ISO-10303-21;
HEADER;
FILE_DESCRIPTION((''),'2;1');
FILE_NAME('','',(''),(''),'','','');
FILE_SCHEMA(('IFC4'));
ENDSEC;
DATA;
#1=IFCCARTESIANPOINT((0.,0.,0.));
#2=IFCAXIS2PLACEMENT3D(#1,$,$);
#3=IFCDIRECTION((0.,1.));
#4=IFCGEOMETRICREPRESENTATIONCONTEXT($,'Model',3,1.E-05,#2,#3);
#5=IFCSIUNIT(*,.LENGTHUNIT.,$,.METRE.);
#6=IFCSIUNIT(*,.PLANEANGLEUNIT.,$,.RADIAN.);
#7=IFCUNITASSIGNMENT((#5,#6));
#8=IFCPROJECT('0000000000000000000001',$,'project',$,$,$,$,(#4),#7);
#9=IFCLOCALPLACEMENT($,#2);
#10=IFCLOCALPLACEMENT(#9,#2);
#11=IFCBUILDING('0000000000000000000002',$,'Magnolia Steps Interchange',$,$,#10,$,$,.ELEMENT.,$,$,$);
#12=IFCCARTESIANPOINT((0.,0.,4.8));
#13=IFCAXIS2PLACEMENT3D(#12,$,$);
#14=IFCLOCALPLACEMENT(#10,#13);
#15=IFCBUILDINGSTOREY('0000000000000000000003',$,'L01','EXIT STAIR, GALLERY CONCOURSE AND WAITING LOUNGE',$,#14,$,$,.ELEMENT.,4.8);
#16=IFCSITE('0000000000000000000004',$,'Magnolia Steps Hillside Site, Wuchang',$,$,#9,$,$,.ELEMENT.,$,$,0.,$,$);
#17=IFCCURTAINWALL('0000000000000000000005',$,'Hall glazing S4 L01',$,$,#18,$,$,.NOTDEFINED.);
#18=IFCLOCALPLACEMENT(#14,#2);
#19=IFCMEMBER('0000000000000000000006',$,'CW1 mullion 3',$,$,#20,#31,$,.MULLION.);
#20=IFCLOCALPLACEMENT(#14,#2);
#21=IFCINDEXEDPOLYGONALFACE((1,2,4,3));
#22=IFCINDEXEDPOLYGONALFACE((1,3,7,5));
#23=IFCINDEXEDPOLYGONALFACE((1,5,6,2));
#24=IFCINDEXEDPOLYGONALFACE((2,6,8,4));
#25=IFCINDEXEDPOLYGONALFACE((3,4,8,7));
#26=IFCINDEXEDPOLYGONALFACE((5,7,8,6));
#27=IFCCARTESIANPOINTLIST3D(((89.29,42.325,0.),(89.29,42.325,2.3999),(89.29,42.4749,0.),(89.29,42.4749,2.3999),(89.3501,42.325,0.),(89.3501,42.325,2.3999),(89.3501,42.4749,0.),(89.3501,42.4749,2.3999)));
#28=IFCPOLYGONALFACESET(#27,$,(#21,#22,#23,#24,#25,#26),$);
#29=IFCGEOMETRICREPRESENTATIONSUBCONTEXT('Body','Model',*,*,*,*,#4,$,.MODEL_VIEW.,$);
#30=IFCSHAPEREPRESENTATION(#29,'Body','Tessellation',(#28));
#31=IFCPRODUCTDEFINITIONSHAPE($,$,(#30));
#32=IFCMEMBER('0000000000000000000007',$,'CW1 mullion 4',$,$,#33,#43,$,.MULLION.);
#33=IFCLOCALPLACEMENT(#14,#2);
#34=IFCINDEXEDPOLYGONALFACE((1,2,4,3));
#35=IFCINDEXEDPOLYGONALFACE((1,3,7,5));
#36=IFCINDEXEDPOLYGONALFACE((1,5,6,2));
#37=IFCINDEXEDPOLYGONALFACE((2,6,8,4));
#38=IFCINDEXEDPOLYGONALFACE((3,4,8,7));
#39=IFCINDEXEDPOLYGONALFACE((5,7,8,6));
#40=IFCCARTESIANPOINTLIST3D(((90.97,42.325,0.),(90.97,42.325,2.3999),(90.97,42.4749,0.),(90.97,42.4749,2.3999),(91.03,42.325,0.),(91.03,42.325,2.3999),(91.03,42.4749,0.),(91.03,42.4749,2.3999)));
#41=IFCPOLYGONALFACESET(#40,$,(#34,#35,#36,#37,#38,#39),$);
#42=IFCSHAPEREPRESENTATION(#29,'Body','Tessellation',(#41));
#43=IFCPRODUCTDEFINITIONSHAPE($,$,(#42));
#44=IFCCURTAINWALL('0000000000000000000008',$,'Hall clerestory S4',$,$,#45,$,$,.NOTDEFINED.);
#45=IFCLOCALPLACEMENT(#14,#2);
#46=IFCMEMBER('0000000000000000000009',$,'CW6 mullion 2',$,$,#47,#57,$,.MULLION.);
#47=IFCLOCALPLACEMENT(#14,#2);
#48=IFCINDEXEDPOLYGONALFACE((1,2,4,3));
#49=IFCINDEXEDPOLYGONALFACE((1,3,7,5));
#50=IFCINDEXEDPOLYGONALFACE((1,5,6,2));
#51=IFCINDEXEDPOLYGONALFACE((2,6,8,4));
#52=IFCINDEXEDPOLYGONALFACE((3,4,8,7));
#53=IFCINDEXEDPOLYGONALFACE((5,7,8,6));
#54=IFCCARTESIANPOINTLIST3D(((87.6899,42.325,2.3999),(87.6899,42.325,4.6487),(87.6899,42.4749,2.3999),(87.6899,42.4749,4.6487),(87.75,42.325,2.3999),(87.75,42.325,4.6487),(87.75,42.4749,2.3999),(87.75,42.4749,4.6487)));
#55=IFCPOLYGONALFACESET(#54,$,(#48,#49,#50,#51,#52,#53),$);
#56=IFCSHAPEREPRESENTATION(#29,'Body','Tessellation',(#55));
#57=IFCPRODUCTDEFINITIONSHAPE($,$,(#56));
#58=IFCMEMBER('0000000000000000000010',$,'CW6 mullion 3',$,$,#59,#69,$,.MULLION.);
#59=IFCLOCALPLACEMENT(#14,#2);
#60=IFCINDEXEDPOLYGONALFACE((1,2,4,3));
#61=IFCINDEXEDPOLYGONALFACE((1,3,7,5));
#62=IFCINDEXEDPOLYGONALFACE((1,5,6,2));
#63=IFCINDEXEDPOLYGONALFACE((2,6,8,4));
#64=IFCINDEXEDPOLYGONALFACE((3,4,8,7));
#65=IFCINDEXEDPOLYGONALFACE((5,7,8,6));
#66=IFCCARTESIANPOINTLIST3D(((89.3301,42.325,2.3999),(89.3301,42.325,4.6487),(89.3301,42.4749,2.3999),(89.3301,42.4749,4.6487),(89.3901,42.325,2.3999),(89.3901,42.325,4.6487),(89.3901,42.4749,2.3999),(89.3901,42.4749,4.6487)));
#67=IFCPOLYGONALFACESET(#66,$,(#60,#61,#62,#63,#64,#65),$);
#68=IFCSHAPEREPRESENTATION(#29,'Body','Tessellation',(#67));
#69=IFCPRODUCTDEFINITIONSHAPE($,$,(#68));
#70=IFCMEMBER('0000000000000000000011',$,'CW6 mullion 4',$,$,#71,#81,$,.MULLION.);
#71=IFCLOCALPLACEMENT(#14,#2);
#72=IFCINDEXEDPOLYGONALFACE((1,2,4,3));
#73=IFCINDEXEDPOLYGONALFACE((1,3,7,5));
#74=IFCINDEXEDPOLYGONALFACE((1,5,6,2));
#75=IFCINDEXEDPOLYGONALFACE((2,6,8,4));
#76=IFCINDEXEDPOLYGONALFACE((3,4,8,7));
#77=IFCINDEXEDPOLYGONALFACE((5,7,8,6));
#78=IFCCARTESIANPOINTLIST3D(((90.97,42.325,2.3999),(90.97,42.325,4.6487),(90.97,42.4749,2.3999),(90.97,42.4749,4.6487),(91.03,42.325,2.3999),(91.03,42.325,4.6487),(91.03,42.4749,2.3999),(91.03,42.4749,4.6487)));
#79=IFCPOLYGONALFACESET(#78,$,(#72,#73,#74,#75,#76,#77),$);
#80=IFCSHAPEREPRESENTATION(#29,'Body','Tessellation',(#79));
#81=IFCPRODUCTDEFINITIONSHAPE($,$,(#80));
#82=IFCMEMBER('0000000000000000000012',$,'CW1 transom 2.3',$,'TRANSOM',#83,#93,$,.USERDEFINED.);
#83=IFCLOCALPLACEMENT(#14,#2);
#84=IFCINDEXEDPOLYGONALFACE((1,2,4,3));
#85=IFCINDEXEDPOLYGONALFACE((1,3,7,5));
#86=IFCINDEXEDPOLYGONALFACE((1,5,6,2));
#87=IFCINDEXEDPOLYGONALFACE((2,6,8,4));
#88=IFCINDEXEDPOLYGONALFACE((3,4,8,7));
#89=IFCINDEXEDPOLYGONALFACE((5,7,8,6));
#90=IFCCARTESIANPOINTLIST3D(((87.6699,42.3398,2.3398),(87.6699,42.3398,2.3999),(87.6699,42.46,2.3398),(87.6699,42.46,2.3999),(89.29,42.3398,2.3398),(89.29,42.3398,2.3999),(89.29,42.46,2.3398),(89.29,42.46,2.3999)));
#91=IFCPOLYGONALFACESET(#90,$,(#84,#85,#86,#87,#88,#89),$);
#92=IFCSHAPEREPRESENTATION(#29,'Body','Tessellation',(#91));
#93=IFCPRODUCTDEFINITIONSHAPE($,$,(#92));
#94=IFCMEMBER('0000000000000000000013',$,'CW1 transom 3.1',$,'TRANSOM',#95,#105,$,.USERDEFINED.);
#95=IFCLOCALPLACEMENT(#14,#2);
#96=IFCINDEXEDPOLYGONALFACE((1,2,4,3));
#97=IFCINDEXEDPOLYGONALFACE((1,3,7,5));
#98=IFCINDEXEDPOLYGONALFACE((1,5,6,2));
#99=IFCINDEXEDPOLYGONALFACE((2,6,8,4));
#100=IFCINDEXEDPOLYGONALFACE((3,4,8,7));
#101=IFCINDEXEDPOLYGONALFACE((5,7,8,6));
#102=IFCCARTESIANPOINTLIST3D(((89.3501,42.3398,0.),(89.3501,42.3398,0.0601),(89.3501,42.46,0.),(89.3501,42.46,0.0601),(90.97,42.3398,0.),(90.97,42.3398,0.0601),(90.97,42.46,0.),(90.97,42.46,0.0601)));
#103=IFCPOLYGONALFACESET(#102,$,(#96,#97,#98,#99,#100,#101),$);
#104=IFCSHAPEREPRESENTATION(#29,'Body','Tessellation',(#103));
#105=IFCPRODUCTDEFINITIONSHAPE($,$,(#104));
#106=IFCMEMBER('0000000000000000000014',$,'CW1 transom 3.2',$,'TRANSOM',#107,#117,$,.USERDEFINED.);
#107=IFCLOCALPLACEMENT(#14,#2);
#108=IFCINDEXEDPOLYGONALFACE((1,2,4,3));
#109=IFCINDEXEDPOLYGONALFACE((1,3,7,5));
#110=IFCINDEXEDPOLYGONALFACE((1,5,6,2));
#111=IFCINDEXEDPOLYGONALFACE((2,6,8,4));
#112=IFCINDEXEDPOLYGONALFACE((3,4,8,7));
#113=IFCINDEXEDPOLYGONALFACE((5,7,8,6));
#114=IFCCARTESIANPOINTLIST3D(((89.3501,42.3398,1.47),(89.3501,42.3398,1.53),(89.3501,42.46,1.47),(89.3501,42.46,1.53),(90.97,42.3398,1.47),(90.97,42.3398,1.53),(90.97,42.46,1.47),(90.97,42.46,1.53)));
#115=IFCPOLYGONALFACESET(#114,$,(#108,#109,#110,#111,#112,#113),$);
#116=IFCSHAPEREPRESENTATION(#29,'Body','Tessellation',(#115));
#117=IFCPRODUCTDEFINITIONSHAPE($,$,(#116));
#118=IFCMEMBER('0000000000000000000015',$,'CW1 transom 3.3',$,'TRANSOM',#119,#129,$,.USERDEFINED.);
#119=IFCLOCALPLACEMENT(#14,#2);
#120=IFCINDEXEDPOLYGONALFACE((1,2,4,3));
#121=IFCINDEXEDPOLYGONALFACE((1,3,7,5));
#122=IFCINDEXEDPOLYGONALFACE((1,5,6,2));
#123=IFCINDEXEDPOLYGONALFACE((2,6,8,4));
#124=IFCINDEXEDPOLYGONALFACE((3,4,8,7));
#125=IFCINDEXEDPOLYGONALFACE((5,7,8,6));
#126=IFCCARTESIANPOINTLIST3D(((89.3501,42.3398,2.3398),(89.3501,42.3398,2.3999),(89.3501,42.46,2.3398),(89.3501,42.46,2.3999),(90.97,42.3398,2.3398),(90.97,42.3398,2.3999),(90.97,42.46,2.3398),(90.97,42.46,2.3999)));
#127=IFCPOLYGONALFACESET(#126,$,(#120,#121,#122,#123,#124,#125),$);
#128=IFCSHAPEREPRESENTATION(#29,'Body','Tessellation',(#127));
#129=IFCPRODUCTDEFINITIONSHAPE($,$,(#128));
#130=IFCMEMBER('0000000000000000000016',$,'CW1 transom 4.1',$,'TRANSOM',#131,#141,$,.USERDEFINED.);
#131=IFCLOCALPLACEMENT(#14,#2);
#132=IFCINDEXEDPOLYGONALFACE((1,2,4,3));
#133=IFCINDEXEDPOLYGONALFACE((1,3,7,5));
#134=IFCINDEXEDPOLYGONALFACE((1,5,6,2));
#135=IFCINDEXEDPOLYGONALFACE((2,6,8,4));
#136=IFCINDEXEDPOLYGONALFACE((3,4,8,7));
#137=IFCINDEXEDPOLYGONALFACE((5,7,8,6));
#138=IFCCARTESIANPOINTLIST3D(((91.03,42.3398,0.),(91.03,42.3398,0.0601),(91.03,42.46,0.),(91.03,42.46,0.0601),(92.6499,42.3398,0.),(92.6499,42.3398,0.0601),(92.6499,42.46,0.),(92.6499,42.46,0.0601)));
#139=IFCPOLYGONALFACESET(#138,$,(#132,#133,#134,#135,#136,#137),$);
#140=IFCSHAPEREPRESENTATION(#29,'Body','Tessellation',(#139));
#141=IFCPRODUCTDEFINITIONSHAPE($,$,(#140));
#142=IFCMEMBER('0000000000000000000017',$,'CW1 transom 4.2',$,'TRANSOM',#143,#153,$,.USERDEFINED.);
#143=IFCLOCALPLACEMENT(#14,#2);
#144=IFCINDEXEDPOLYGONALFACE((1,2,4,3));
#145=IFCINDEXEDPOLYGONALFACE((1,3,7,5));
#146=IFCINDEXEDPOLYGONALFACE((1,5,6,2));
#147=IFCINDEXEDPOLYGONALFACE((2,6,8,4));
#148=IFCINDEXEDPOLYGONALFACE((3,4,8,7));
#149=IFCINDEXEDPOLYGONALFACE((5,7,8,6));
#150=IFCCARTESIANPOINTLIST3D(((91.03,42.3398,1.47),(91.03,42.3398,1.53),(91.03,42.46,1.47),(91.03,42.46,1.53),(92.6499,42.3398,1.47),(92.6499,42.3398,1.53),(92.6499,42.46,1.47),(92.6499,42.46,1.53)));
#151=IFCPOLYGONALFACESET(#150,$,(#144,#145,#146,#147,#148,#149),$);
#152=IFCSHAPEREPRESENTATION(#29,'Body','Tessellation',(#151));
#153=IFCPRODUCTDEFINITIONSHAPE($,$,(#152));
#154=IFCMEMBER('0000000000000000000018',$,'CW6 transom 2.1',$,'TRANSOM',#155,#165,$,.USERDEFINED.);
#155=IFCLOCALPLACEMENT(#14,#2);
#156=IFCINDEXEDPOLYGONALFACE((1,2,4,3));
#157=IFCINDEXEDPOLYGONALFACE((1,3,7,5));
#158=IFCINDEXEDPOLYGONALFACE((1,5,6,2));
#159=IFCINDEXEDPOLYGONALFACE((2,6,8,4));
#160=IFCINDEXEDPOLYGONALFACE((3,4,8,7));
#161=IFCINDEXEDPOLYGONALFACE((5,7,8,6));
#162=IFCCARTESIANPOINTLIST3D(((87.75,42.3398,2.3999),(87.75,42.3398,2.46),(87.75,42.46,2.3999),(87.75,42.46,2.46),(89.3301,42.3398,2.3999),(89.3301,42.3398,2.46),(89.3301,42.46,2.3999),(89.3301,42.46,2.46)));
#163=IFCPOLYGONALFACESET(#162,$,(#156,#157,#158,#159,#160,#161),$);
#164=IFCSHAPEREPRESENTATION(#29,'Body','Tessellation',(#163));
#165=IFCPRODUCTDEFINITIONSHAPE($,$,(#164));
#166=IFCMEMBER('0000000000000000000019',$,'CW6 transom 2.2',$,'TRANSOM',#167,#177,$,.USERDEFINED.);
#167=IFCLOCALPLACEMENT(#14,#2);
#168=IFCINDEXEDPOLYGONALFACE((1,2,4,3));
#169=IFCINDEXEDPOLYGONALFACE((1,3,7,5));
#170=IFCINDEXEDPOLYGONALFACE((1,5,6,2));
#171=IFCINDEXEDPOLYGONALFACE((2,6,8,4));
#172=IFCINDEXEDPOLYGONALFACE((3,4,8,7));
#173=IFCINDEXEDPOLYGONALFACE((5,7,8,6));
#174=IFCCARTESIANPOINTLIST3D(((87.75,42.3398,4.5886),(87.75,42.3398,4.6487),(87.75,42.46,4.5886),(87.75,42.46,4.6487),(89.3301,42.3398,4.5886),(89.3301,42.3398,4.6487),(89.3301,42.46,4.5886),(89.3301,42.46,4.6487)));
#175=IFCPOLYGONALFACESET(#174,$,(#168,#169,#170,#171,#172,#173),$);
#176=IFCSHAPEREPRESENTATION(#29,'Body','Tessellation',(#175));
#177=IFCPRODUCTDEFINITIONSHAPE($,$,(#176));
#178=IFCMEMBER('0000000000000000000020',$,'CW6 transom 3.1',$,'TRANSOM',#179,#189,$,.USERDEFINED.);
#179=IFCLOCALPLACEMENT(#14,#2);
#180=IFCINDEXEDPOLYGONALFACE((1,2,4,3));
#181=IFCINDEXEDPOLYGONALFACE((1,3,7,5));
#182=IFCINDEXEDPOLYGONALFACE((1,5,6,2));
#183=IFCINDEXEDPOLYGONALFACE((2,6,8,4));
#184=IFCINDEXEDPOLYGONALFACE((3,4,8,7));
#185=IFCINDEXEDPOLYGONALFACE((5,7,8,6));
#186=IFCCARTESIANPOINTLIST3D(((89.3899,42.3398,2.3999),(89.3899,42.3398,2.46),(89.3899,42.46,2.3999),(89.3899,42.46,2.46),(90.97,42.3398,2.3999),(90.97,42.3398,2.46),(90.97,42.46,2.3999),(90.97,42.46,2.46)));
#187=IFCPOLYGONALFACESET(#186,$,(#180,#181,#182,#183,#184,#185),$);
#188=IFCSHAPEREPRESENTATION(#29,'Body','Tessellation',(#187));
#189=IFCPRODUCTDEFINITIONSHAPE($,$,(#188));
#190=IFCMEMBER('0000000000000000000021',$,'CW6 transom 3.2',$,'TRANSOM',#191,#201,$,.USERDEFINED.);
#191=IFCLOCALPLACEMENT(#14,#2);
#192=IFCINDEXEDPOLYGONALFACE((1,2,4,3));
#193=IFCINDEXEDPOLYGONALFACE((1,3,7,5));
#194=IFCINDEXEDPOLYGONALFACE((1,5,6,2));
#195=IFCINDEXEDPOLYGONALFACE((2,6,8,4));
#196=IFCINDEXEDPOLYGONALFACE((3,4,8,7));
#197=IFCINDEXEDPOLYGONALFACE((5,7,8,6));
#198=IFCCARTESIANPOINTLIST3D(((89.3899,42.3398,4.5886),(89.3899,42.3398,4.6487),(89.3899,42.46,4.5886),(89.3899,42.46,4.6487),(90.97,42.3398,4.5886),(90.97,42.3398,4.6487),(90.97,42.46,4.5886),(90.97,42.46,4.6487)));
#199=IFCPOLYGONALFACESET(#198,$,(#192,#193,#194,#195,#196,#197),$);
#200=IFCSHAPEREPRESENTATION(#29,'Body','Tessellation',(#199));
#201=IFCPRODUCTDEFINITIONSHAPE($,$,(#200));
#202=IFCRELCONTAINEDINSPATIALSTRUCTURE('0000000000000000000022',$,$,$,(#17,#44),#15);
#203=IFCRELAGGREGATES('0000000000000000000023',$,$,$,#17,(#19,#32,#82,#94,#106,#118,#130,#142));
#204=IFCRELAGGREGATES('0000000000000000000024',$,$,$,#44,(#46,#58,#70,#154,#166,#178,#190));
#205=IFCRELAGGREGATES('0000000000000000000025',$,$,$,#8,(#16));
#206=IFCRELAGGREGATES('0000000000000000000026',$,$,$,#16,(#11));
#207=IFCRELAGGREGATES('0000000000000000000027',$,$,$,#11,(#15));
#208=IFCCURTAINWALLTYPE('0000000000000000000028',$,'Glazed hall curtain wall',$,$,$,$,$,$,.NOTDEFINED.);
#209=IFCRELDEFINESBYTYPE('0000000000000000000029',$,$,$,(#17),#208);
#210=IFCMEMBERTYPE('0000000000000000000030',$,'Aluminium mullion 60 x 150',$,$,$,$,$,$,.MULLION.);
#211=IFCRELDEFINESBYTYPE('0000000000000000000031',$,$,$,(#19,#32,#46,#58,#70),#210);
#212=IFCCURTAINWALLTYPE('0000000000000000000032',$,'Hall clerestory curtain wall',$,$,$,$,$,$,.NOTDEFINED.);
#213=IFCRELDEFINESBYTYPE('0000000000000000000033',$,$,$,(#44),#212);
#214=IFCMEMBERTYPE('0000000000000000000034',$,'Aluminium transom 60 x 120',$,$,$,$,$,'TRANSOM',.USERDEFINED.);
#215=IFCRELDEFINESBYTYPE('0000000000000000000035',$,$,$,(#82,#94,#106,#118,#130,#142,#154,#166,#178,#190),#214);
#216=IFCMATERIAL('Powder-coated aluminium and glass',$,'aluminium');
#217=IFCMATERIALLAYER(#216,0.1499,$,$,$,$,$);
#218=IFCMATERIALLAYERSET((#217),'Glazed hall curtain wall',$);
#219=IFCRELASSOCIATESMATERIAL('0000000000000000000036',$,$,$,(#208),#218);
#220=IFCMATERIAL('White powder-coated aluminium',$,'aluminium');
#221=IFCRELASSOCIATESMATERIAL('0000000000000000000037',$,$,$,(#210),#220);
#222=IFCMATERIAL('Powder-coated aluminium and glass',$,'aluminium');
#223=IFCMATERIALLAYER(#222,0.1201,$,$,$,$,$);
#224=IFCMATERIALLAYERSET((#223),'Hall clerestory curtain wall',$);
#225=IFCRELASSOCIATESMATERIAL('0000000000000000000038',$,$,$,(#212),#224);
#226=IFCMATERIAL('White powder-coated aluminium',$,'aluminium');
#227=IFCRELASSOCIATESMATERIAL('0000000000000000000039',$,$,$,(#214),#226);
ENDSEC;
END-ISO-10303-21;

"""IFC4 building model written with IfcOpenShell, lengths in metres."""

from ifc_helpers import new_model, si_unit, direction, frame, origin, origin_2d, place, context, subcontext, project, spatial, rectangle, extrude, material, layer, layer_set, material_profile, profile_set, type_object, element, aggregate, save


model = new_model("IFC4")

# Units and contexts
model_context = context("Model", 3, precision=1e-05, world=origin(), true_north=direction((0.0, 1.0)))
body_context = subcontext(model_context, "Body", "Model", "MODEL_VIEW")
ifc_project = project(units=[si_unit("LENGTHUNIT", "METRE"), si_unit("PLANEANGLEUNIT", "RADIAN")], contexts=[model_context])

# Site, building, storey
site_placement = place(None, origin())
site = spatial("IfcSite", under=ifc_project, at=site_placement, Name="Magnolia Steps Hillside Site, Wuchang", CompositionType="ELEMENT", RefElevation=0.0)
building_placement = place(site_placement, origin())
building = spatial("IfcBuilding", under=site, at=building_placement, Name="Magnolia Steps Interchange", CompositionType="ELEMENT")
storey_placement = place(building_placement, frame((0.0, 0.0, 4.8)))
storey = spatial("IfcBuildingStorey", under=building, at=storey_placement, Name="L01", Description="EXIT STAIR, GALLERY CONCOURSE AND WAITING LOUNGE", CompositionType="ELEMENT", Elevation=4.8)

# Curtain walls, members
ifc_material_1 = material(Name="Powder-coated aluminium and glass", Category="aluminium")
ifc_layer_1 = layer(ifc_material_1, 0.1499)
ifc_layer_set_1 = layer_set([ifc_layer_1], Name="Glazed hall curtain wall")
curtain_wall_type_1 = type_object("IfcCurtainWallType", Name="Glazed hall curtain wall", PredefinedType="NOTDEFINED", material=ifc_layer_set_1)
curtain_wall_1_placement = place(storey_placement, origin())
curtain_wall_1 = element("IfcCurtainWall", 1, at=curtain_wall_1_placement, inside=storey, type_object=curtain_wall_type_1, Name="Hall glazing S4 L01", PredefinedType="NOTDEFINED")
ifc_material_2 = material(Name="White powder-coated aluminium", Category="aluminium")
ifc_material_profile_1 = material_profile(ifc_material_2, rectangle(XDim=0.0601, YDim=0.1499, at=origin_2d()), Name="Aluminium mullion 60 x 150")
ifc_profile_set_1 = profile_set([ifc_material_profile_1], Name="White powder-coated aluminium")
member_type_1 = type_object("IfcMemberType", Name="Aluminium mullion 60 x 150", PredefinedType="MULLION", material=ifc_profile_set_1)
member_1_placement = place(storey_placement, frame((89.3201, 42.3999, 0.0), z_axis=(0.0, 0.0, 1.0), x_axis=(1.0, 0.0, 0.0)))
member_1 = element("IfcMember", 2, at=member_1_placement, type_object=member_type_1, Name="CW1 mullion 3", PredefinedType="MULLION", context=body_context, shape_type="SweptSolid", body=[
    extrude(rectangle(XDim=0.0601, YDim=0.1499, at=origin_2d()), origin(), (0.0, 0.0, 1.0), 2.3999),
])
member_2_placement = place(storey_placement, frame((91.0, 42.3999, 0.0), z_axis=(0.0, 0.0, 1.0), x_axis=(1.0, 0.0, 0.0)))
member_2 = element("IfcMember", 3, at=member_2_placement, type_object=member_type_1, Name="CW1 mullion 4", PredefinedType="MULLION", context=body_context, shape_type="SweptSolid", body=[
    extrude(rectangle(XDim=0.0601, YDim=0.1499, at=origin_2d()), origin(), (0.0, 0.0, 1.0), 2.3999),
])
ifc_material_3 = material(Name="Powder-coated aluminium and glass", Category="aluminium")
ifc_layer_2 = layer(ifc_material_3, 0.1201)
ifc_layer_set_2 = layer_set([ifc_layer_2], Name="Hall clerestory curtain wall")
curtain_wall_type_2 = type_object("IfcCurtainWallType", Name="Hall clerestory curtain wall", PredefinedType="NOTDEFINED", material=ifc_layer_set_2)
curtain_wall_2_placement = place(storey_placement, origin())
curtain_wall_2 = element("IfcCurtainWall", 4, at=curtain_wall_2_placement, inside=storey, type_object=curtain_wall_type_2, Name="Hall clerestory S4", PredefinedType="NOTDEFINED")
member_3_placement = place(storey_placement, frame((87.72, 42.3999, 2.3999), z_axis=(0.0, 0.0, 1.0), x_axis=(1.0, 0.0, 0.0)))
member_3 = element("IfcMember", 5, at=member_3_placement, type_object=member_type_1, Name="CW6 mullion 2", PredefinedType="MULLION", context=body_context, shape_type="SweptSolid", body=[
    extrude(rectangle(XDim=0.0601, YDim=0.1499, at=origin_2d()), origin(), (0.0, 0.0, 1.0), 2.2488),
])
member_4_placement = place(storey_placement, frame((89.3601, 42.3999, 2.3999), z_axis=(0.0, 0.0, 1.0), x_axis=(1.0, 0.0, 0.0)))
member_4 = element("IfcMember", 6, at=member_4_placement, type_object=member_type_1, Name="CW6 mullion 3", PredefinedType="MULLION", context=body_context, shape_type="SweptSolid", body=[
    extrude(rectangle(XDim=0.0601, YDim=0.1499, at=origin_2d()), origin(), (0.0, 0.0, 1.0), 2.2488),
])
member_5_placement = place(storey_placement, frame((91.0, 42.3999, 2.3999), z_axis=(0.0, 0.0, 1.0), x_axis=(1.0, 0.0, 0.0)))
member_5 = element("IfcMember", 7, at=member_5_placement, type_object=member_type_1, Name="CW6 mullion 4", PredefinedType="MULLION", context=body_context, shape_type="SweptSolid", body=[
    extrude(rectangle(XDim=0.0601, YDim=0.1499, at=origin_2d()), origin(), (0.0, 0.0, 1.0), 2.2488),
])

# Members
ifc_material_4 = material(Name="White powder-coated aluminium", Category="aluminium")
ifc_material_profile_2 = material_profile(ifc_material_4, rectangle(XDim=0.0601, YDim=0.1201, at=origin_2d()), Name="Aluminium transom 60 x 120")
ifc_profile_set_2 = profile_set([ifc_material_profile_2], Name="White powder-coated aluminium")
member_type_2 = type_object("IfcMemberType", Name="Aluminium transom 60 x 120", ElementType="TRANSOM", PredefinedType="USERDEFINED", material=ifc_profile_set_2)
member_6_placement = place(storey_placement, frame((87.6699, 42.3999, 2.3699), z_axis=(1.0, 0.0, 0.0), x_axis=(0.0, 0.0, 1.0)))
member_6 = element("IfcMember", 8, at=member_6_placement, type_object=member_type_2, Name="CW1 transom 2.3", ObjectType="TRANSOM", PredefinedType="USERDEFINED", context=body_context, shape_type="SweptSolid", body=[
    extrude(rectangle(XDim=0.0601, YDim=0.1201, at=origin_2d()), origin(), (0.0, 0.0, 1.0), 1.6201),
])
member_7_placement = place(storey_placement, frame((89.3501, 42.3999, 0.03), z_axis=(1.0, 0.0, 0.0), x_axis=(0.0, 0.0, 1.0)))
member_7 = element("IfcMember", 9, at=member_7_placement, type_object=member_type_2, Name="CW1 transom 3.1", ObjectType="TRANSOM", PredefinedType="USERDEFINED", context=body_context, shape_type="SweptSolid", body=[
    extrude(rectangle(XDim=0.0601, YDim=0.1201, at=origin_2d()), origin(), (0.0, 0.0, 1.0), 1.6199),
])
member_8_placement = place(storey_placement, frame((89.3501, 42.3999, 1.5), z_axis=(1.0, 0.0, 0.0), x_axis=(0.0, 0.0, 1.0)))
member_8 = element("IfcMember", 10, at=member_8_placement, type_object=member_type_2, Name="CW1 transom 3.2", ObjectType="TRANSOM", PredefinedType="USERDEFINED", context=body_context, shape_type="SweptSolid", body=[
    extrude(rectangle(XDim=0.0601, YDim=0.1201, at=origin_2d()), origin(), (0.0, 0.0, 1.0), 1.6199),
])
member_9_placement = place(storey_placement, frame((89.3501, 42.3999, 2.3699), z_axis=(1.0, 0.0, 0.0), x_axis=(0.0, 0.0, 1.0)))
member_9 = element("IfcMember", 11, at=member_9_placement, type_object=member_type_2, Name="CW1 transom 3.3", ObjectType="TRANSOM", PredefinedType="USERDEFINED", context=body_context, shape_type="SweptSolid", body=[
    extrude(rectangle(XDim=0.0601, YDim=0.1201, at=origin_2d()), origin(), (0.0, 0.0, 1.0), 1.6199),
])
member_10_placement = place(storey_placement, frame((91.03, 42.3999, 0.03), z_axis=(1.0, 0.0, 0.0), x_axis=(0.0, 0.0, 1.0)))
member_10 = element("IfcMember", 12, at=member_10_placement, type_object=member_type_2, Name="CW1 transom 4.1", ObjectType="TRANSOM", PredefinedType="USERDEFINED", context=body_context, shape_type="SweptSolid", body=[
    extrude(rectangle(XDim=0.0601, YDim=0.1201, at=origin_2d()), origin(), (0.0, 0.0, 1.0), 1.6199),
])
member_11_placement = place(storey_placement, frame((91.03, 42.3999, 1.5), z_axis=(1.0, 0.0, 0.0), x_axis=(0.0, 0.0, 1.0)))
member_11 = element("IfcMember", 13, at=member_11_placement, type_object=member_type_2, Name="CW1 transom 4.2", ObjectType="TRANSOM", PredefinedType="USERDEFINED", context=body_context, shape_type="SweptSolid", body=[
    extrude(rectangle(XDim=0.0601, YDim=0.1201, at=origin_2d()), origin(), (0.0, 0.0, 1.0), 1.6199),
])
member_12_placement = place(storey_placement, frame((87.75, 42.3999, 2.4299), z_axis=(1.0, 0.0, 0.0), x_axis=(0.0, 0.0, 1.0)))
member_12 = element("IfcMember", 14, at=member_12_placement, type_object=member_type_2, Name="CW6 transom 2.1", ObjectType="TRANSOM", PredefinedType="USERDEFINED", context=body_context, shape_type="SweptSolid", body=[
    extrude(rectangle(XDim=0.0601, YDim=0.1201, at=origin_2d()), origin(), (0.0, 0.0, 1.0), 1.5801),
])
member_13_placement = place(storey_placement, frame((87.75, 42.3999, 4.6187), z_axis=(1.0, 0.0, 0.0), x_axis=(0.0, 0.0, 1.0)))
member_13 = element("IfcMember", 15, at=member_13_placement, type_object=member_type_2, Name="CW6 transom 2.2", ObjectType="TRANSOM", PredefinedType="USERDEFINED", context=body_context, shape_type="SweptSolid", body=[
    extrude(rectangle(XDim=0.0601, YDim=0.1201, at=origin_2d()), origin(), (0.0, 0.0, 1.0), 1.5801),
])
member_14_placement = place(storey_placement, frame((89.3899, 42.3999, 2.4299), z_axis=(1.0, 0.0, 0.0), x_axis=(0.0, 0.0, 1.0)))
member_14 = element("IfcMember", 16, at=member_14_placement, type_object=member_type_2, Name="CW6 transom 3.1", ObjectType="TRANSOM", PredefinedType="USERDEFINED", context=body_context, shape_type="SweptSolid", body=[
    extrude(rectangle(XDim=0.0601, YDim=0.1201, at=origin_2d()), origin(), (0.0, 0.0, 1.0), 1.5801),
])
member_15_placement = place(storey_placement, frame((89.3899, 42.3999, 4.6187), z_axis=(1.0, 0.0, 0.0), x_axis=(0.0, 0.0, 1.0)))
member_15 = element("IfcMember", 17, at=member_15_placement, type_object=member_type_2, Name="CW6 transom 3.2", ObjectType="TRANSOM", PredefinedType="USERDEFINED", context=body_context, shape_type="SweptSolid", body=[
    extrude(rectangle(XDim=0.0601, YDim=0.1201, at=origin_2d()), origin(), (0.0, 0.0, 1.0), 1.5801),
])

aggregate(curtain_wall_1, [member_1, member_2, member_6, member_7, member_8, member_9, member_10, member_11])
aggregate(curtain_wall_2, [member_3, member_4, member_5, member_12, member_13, member_14, member_15])

save(model, "model.ifc")
